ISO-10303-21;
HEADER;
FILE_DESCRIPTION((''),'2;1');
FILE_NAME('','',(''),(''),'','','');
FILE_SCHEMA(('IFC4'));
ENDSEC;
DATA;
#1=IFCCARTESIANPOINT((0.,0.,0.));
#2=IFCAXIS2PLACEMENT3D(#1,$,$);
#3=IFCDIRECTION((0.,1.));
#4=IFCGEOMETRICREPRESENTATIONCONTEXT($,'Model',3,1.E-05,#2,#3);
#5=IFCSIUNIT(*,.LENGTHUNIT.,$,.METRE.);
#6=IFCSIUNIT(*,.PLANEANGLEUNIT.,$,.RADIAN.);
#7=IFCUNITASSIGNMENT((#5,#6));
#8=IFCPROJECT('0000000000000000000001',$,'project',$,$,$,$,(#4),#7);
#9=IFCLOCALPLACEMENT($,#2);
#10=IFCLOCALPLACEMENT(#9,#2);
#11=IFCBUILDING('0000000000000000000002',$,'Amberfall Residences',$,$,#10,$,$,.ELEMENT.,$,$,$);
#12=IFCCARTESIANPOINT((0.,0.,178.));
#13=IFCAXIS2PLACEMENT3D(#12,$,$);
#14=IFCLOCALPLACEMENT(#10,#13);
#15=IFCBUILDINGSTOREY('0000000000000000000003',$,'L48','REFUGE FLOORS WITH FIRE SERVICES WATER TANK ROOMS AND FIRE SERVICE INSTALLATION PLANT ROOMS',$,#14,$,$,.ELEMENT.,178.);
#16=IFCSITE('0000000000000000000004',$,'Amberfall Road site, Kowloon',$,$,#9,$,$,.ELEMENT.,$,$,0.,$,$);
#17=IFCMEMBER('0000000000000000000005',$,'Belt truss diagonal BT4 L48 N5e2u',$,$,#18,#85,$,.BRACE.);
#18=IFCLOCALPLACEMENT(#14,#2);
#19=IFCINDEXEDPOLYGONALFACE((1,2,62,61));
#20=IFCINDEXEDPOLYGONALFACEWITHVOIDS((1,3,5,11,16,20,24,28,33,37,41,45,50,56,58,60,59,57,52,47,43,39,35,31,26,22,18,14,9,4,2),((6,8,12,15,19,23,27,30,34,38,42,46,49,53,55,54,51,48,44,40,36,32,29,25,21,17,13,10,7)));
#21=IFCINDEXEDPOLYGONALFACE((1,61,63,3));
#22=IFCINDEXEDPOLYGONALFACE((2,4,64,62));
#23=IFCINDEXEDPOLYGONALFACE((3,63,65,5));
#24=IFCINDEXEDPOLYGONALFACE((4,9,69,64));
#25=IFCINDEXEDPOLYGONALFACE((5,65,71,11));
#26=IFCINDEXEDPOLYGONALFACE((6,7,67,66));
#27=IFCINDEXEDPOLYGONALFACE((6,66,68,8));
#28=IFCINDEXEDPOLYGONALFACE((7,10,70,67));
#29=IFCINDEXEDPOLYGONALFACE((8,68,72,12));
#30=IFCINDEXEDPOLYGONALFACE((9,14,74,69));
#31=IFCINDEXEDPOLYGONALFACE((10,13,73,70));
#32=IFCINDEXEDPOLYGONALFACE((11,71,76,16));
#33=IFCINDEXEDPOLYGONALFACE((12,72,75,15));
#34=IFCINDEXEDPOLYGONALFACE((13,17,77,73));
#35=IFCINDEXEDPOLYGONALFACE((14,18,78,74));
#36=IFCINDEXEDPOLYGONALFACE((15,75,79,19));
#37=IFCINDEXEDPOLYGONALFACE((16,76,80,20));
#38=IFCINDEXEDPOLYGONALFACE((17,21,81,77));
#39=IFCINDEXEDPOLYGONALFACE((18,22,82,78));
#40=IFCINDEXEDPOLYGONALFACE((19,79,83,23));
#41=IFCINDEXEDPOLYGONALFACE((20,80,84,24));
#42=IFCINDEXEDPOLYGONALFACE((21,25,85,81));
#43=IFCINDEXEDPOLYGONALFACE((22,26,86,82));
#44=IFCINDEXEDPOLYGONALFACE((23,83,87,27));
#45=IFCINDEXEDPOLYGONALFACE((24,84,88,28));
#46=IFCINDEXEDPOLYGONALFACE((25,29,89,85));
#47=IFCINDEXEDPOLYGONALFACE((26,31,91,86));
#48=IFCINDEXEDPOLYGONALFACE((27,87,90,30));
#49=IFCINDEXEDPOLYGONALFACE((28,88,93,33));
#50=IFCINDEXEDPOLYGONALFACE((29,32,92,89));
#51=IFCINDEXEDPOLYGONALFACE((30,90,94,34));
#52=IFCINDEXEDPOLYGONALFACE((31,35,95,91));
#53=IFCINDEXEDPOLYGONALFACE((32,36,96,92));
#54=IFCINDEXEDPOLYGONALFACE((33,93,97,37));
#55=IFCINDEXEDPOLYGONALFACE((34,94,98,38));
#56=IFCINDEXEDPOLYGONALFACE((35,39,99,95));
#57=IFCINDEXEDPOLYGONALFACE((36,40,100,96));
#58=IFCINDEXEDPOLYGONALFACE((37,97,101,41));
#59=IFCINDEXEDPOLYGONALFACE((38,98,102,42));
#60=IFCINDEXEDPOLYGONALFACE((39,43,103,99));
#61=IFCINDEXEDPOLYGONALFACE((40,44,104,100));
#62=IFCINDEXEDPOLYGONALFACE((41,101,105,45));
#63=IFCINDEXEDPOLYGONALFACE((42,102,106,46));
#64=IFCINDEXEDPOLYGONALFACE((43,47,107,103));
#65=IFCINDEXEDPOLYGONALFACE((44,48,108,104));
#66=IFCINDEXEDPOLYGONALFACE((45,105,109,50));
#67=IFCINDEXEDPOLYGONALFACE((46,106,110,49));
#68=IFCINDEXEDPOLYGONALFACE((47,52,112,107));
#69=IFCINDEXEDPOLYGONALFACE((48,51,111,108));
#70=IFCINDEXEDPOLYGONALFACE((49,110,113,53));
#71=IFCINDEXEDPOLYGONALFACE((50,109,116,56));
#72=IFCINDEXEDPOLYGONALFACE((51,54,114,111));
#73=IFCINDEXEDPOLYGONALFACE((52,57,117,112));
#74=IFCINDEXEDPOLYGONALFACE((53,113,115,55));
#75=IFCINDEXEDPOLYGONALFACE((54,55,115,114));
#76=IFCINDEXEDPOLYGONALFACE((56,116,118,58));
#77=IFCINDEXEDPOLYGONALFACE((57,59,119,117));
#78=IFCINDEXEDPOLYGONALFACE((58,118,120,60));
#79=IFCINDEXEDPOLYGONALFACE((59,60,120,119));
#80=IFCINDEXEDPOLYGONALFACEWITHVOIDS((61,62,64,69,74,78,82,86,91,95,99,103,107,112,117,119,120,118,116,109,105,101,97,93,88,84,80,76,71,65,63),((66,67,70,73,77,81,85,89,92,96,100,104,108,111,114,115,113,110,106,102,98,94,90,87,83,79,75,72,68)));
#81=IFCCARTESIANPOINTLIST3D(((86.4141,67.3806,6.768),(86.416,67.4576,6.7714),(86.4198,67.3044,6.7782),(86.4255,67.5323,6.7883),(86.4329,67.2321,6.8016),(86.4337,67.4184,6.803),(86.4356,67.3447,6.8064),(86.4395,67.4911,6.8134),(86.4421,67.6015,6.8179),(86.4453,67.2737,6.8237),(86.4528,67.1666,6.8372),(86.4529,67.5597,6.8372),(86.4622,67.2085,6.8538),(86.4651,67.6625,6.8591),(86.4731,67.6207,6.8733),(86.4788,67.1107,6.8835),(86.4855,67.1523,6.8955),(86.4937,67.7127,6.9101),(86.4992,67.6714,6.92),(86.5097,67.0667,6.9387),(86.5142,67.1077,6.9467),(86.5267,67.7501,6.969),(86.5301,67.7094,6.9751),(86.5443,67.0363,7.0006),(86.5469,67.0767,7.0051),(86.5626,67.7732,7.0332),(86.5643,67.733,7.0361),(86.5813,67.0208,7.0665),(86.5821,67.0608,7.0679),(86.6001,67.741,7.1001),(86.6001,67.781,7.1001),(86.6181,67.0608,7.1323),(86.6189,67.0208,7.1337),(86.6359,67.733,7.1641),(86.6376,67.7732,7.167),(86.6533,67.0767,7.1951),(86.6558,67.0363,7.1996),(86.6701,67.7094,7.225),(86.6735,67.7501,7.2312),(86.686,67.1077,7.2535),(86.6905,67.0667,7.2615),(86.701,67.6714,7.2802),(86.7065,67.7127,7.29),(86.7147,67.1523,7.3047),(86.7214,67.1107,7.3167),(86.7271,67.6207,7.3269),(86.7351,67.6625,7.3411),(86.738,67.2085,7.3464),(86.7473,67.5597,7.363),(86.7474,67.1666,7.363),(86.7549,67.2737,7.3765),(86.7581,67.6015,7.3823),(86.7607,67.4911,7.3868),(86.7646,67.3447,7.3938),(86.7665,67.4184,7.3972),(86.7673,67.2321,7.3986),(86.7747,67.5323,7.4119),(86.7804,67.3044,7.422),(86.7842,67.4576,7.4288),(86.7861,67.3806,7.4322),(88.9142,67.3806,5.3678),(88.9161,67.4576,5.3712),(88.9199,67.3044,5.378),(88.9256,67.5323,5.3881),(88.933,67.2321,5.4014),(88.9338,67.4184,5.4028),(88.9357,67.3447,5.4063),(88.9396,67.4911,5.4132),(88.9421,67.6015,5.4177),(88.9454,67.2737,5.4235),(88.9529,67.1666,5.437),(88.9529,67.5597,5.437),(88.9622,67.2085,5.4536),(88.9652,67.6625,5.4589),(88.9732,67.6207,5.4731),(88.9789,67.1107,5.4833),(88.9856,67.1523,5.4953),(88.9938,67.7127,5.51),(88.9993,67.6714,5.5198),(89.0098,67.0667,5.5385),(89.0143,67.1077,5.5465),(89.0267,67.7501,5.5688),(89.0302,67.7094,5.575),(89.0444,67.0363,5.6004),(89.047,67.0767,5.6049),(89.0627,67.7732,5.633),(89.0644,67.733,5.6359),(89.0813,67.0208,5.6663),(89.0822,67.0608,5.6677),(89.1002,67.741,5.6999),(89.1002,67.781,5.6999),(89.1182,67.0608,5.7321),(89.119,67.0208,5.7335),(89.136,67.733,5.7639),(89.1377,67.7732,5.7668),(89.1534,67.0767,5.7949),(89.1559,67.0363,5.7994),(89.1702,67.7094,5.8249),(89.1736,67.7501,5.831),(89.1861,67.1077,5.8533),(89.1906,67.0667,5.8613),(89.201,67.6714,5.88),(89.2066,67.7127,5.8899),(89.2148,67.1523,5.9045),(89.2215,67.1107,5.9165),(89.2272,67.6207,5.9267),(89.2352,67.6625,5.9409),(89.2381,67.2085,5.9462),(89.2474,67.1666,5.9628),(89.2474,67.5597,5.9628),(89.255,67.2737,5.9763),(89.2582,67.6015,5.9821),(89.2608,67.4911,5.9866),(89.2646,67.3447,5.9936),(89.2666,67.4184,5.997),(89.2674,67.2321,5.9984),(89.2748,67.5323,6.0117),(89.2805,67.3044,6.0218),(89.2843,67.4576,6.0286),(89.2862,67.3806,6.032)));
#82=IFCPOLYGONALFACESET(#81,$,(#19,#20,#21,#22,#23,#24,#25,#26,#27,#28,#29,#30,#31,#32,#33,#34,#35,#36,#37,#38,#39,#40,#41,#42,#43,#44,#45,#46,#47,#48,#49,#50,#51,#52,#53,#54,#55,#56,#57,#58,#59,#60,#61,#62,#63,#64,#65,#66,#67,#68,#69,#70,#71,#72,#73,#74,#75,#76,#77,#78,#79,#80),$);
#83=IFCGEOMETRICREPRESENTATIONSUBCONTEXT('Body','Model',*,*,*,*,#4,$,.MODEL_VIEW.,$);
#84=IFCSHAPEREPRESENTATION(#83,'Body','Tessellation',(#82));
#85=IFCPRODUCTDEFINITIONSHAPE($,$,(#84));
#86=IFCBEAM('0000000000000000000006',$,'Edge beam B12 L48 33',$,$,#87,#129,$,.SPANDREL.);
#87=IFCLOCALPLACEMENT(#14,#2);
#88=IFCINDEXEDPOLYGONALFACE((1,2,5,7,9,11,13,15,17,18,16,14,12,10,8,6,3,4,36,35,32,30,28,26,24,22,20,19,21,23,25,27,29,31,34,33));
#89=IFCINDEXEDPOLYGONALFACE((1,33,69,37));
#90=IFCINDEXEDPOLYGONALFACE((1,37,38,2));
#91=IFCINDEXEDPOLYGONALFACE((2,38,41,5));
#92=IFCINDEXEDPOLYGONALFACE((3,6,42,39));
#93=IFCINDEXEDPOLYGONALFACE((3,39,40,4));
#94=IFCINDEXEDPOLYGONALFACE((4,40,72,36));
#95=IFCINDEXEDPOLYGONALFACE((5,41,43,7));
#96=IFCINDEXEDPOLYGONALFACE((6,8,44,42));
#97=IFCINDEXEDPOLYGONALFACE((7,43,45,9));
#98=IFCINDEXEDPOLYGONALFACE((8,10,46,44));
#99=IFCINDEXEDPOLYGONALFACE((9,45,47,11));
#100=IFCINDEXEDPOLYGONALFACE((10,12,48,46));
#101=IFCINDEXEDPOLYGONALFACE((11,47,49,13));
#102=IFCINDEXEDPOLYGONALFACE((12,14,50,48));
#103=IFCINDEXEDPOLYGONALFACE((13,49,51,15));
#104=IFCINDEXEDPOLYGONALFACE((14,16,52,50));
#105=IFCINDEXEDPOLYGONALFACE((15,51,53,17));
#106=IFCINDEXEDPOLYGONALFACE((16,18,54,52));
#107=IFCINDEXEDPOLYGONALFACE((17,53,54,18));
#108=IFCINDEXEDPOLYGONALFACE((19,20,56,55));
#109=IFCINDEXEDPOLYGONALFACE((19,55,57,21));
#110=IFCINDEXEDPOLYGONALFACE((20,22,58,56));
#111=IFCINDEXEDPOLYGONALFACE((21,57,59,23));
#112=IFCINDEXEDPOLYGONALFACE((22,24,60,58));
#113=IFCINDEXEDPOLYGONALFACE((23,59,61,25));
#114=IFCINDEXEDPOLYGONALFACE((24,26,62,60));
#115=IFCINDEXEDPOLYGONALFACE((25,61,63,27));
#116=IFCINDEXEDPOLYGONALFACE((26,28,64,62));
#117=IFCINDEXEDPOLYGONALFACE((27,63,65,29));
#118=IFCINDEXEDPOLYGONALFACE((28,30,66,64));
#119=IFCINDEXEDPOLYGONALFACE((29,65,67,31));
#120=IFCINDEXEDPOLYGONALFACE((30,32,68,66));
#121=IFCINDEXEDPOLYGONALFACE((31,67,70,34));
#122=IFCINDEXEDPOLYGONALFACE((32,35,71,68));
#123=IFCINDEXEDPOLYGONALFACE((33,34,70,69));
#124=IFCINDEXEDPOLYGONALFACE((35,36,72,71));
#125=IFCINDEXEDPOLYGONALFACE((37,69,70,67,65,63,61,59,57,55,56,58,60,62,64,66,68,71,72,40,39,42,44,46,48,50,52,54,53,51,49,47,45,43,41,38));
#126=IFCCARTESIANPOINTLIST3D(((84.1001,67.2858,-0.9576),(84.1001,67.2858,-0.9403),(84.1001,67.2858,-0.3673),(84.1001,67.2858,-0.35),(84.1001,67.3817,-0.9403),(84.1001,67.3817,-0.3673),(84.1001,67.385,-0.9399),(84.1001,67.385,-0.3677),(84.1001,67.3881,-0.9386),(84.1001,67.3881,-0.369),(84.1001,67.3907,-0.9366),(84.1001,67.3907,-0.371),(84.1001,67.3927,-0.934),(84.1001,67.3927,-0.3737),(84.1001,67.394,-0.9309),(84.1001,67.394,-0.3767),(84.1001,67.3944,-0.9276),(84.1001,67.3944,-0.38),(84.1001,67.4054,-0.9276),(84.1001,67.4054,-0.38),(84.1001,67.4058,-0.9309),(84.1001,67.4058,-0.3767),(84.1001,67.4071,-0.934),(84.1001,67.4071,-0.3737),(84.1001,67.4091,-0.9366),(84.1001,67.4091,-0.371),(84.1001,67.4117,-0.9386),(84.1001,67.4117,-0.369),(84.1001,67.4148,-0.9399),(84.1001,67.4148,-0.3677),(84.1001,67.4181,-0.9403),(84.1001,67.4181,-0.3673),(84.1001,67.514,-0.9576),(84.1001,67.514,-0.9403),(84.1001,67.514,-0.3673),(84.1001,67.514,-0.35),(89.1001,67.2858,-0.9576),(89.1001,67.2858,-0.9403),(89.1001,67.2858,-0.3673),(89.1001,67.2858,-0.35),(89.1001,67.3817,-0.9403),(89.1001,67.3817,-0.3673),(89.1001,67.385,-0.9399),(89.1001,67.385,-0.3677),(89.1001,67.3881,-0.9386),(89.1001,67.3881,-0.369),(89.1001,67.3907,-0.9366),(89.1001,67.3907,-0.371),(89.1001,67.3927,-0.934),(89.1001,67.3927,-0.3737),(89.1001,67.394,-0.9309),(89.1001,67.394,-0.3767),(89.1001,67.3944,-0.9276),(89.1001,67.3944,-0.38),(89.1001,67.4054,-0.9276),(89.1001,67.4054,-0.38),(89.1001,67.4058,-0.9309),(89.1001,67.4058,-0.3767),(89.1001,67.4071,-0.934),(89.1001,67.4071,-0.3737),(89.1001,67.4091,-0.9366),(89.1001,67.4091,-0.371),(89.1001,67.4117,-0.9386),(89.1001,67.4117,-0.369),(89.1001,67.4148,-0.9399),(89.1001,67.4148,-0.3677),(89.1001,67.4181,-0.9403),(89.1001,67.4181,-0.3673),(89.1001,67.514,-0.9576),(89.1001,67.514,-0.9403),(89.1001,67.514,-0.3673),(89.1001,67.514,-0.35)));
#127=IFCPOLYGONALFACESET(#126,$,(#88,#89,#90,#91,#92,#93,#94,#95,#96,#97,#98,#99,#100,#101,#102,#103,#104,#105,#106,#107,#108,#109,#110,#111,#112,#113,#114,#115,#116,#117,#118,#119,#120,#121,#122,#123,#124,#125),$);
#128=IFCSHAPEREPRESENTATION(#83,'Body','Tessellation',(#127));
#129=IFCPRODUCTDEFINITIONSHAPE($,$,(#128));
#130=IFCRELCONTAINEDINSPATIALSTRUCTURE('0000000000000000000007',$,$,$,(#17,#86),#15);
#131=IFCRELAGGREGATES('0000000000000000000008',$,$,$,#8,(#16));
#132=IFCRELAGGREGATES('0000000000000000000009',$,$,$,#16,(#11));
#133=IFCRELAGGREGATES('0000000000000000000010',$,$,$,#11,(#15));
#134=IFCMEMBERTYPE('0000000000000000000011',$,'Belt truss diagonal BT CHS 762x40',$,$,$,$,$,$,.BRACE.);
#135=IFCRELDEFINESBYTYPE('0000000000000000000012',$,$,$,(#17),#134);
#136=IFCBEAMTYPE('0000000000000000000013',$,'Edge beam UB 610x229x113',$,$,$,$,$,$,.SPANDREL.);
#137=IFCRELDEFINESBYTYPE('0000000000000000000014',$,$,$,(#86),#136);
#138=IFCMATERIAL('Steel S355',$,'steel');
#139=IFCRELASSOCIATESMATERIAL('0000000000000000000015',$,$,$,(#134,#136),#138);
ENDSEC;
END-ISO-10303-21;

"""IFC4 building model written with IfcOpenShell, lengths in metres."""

from ifc_helpers import new_model, si_unit, direction, frame, origin, origin_2d, place, context, subcontext, project, spatial, hollow_circle, i_section, extrude, material, material_profile, profile_set, type_object, element, save


model = new_model("IFC4")

# Units and contexts
model_context = context("Model", 3, precision=1e-05, world=origin(), true_north=direction((0.0, 1.0)))
body_context = subcontext(model_context, "Body", "Model", "MODEL_VIEW")
ifc_project = project(units=[si_unit("LENGTHUNIT", "METRE"), si_unit("PLANEANGLEUNIT", "RADIAN")], contexts=[model_context])

# Site, building, storey
site_placement = place(None, origin())
site = spatial("IfcSite", under=ifc_project, at=site_placement, Name="Amberfall Road site, Kowloon", CompositionType="ELEMENT", RefElevation=0.0)
building_placement = place(site_placement, origin())
building = spatial("IfcBuilding", under=site, at=building_placement, Name="Amberfall Residences", CompositionType="ELEMENT")
storey_placement = place(building_placement, frame((0.0, 0.0, 178.0)))
storey = spatial("IfcBuildingStorey", under=building, at=storey_placement, Name="L48", Description="REFUGE FLOORS WITH FIRE SERVICES WATER TANK ROOMS AND FIRE SERVICE INSTALLATION PLANT ROOMS", CompositionType="ELEMENT", Elevation=178.0)

# Shared definitions
ifc_material_1 = material(Name="Steel S355", Category="steel")

# Member
ifc_material_profile_1 = material_profile(ifc_material_1, hollow_circle(Radius=0.3811, WallThickness=0.04, at=origin_2d()), Name="CHS 762x40")
ifc_profile_set_1 = profile_set([ifc_material_profile_1], Name="Steel S355")
member_type = type_object("IfcMemberType", Name="Belt truss diagonal BT CHS 762x40", PredefinedType="BRACE", material=ifc_profile_set_1)
member_1_placement = place(storey_placement, frame((86.6001, 67.3999, 7.1001), z_axis=(0.872484, 0.0, -0.488642), x_axis=(0.0, 1.0, 0.0)))
element("IfcMember", 1, at=member_1_placement, inside=storey, type_object=member_type, Name="Belt truss diagonal BT4 L48 N5e2u", PredefinedType="BRACE", context=body_context, shape_type="SweptSolid", body=[
    extrude(hollow_circle(Radius=0.3811, WallThickness=0.04, at=origin_2d()), origin(), (0.0, 0.0, 1.0), 2.8655),
])

# Beam
ifc_material_profile_2 = material_profile(ifc_material_1, i_section(OverallWidth=0.2283, OverallDepth=0.6077, WebThickness=0.011, FlangeThickness=0.0173, FilletRadius=0.0127, at=origin_2d()), Name="UB 610x229x113")
ifc_profile_set_2 = profile_set([ifc_material_profile_2], Name="Steel S355")
beam_type_1 = type_object("IfcBeamType", Name="Edge beam UB 610x229x113", PredefinedType="SPANDREL", material=ifc_profile_set_2)
beam_placement = place(storey_placement, frame((84.1001, 67.3999, -0.6538), z_axis=(1.0, 0.0, 0.0), x_axis=(0.0, 1.0, 0.0)))
element("IfcBeam", 2, at=beam_placement, inside=storey, type_object=beam_type_1, Name="Edge beam B12 L48 33", PredefinedType="SPANDREL", context=body_context, shape_type="SweptSolid", body=[
    extrude(i_section(OverallWidth=0.2283, OverallDepth=0.6077, WebThickness=0.011, FlangeThickness=0.0173, FilletRadius=0.0127, at=origin_2d()), origin(), (0.0, 0.0, 1.0), 5.0),
])

save(model, "model.ifc")
